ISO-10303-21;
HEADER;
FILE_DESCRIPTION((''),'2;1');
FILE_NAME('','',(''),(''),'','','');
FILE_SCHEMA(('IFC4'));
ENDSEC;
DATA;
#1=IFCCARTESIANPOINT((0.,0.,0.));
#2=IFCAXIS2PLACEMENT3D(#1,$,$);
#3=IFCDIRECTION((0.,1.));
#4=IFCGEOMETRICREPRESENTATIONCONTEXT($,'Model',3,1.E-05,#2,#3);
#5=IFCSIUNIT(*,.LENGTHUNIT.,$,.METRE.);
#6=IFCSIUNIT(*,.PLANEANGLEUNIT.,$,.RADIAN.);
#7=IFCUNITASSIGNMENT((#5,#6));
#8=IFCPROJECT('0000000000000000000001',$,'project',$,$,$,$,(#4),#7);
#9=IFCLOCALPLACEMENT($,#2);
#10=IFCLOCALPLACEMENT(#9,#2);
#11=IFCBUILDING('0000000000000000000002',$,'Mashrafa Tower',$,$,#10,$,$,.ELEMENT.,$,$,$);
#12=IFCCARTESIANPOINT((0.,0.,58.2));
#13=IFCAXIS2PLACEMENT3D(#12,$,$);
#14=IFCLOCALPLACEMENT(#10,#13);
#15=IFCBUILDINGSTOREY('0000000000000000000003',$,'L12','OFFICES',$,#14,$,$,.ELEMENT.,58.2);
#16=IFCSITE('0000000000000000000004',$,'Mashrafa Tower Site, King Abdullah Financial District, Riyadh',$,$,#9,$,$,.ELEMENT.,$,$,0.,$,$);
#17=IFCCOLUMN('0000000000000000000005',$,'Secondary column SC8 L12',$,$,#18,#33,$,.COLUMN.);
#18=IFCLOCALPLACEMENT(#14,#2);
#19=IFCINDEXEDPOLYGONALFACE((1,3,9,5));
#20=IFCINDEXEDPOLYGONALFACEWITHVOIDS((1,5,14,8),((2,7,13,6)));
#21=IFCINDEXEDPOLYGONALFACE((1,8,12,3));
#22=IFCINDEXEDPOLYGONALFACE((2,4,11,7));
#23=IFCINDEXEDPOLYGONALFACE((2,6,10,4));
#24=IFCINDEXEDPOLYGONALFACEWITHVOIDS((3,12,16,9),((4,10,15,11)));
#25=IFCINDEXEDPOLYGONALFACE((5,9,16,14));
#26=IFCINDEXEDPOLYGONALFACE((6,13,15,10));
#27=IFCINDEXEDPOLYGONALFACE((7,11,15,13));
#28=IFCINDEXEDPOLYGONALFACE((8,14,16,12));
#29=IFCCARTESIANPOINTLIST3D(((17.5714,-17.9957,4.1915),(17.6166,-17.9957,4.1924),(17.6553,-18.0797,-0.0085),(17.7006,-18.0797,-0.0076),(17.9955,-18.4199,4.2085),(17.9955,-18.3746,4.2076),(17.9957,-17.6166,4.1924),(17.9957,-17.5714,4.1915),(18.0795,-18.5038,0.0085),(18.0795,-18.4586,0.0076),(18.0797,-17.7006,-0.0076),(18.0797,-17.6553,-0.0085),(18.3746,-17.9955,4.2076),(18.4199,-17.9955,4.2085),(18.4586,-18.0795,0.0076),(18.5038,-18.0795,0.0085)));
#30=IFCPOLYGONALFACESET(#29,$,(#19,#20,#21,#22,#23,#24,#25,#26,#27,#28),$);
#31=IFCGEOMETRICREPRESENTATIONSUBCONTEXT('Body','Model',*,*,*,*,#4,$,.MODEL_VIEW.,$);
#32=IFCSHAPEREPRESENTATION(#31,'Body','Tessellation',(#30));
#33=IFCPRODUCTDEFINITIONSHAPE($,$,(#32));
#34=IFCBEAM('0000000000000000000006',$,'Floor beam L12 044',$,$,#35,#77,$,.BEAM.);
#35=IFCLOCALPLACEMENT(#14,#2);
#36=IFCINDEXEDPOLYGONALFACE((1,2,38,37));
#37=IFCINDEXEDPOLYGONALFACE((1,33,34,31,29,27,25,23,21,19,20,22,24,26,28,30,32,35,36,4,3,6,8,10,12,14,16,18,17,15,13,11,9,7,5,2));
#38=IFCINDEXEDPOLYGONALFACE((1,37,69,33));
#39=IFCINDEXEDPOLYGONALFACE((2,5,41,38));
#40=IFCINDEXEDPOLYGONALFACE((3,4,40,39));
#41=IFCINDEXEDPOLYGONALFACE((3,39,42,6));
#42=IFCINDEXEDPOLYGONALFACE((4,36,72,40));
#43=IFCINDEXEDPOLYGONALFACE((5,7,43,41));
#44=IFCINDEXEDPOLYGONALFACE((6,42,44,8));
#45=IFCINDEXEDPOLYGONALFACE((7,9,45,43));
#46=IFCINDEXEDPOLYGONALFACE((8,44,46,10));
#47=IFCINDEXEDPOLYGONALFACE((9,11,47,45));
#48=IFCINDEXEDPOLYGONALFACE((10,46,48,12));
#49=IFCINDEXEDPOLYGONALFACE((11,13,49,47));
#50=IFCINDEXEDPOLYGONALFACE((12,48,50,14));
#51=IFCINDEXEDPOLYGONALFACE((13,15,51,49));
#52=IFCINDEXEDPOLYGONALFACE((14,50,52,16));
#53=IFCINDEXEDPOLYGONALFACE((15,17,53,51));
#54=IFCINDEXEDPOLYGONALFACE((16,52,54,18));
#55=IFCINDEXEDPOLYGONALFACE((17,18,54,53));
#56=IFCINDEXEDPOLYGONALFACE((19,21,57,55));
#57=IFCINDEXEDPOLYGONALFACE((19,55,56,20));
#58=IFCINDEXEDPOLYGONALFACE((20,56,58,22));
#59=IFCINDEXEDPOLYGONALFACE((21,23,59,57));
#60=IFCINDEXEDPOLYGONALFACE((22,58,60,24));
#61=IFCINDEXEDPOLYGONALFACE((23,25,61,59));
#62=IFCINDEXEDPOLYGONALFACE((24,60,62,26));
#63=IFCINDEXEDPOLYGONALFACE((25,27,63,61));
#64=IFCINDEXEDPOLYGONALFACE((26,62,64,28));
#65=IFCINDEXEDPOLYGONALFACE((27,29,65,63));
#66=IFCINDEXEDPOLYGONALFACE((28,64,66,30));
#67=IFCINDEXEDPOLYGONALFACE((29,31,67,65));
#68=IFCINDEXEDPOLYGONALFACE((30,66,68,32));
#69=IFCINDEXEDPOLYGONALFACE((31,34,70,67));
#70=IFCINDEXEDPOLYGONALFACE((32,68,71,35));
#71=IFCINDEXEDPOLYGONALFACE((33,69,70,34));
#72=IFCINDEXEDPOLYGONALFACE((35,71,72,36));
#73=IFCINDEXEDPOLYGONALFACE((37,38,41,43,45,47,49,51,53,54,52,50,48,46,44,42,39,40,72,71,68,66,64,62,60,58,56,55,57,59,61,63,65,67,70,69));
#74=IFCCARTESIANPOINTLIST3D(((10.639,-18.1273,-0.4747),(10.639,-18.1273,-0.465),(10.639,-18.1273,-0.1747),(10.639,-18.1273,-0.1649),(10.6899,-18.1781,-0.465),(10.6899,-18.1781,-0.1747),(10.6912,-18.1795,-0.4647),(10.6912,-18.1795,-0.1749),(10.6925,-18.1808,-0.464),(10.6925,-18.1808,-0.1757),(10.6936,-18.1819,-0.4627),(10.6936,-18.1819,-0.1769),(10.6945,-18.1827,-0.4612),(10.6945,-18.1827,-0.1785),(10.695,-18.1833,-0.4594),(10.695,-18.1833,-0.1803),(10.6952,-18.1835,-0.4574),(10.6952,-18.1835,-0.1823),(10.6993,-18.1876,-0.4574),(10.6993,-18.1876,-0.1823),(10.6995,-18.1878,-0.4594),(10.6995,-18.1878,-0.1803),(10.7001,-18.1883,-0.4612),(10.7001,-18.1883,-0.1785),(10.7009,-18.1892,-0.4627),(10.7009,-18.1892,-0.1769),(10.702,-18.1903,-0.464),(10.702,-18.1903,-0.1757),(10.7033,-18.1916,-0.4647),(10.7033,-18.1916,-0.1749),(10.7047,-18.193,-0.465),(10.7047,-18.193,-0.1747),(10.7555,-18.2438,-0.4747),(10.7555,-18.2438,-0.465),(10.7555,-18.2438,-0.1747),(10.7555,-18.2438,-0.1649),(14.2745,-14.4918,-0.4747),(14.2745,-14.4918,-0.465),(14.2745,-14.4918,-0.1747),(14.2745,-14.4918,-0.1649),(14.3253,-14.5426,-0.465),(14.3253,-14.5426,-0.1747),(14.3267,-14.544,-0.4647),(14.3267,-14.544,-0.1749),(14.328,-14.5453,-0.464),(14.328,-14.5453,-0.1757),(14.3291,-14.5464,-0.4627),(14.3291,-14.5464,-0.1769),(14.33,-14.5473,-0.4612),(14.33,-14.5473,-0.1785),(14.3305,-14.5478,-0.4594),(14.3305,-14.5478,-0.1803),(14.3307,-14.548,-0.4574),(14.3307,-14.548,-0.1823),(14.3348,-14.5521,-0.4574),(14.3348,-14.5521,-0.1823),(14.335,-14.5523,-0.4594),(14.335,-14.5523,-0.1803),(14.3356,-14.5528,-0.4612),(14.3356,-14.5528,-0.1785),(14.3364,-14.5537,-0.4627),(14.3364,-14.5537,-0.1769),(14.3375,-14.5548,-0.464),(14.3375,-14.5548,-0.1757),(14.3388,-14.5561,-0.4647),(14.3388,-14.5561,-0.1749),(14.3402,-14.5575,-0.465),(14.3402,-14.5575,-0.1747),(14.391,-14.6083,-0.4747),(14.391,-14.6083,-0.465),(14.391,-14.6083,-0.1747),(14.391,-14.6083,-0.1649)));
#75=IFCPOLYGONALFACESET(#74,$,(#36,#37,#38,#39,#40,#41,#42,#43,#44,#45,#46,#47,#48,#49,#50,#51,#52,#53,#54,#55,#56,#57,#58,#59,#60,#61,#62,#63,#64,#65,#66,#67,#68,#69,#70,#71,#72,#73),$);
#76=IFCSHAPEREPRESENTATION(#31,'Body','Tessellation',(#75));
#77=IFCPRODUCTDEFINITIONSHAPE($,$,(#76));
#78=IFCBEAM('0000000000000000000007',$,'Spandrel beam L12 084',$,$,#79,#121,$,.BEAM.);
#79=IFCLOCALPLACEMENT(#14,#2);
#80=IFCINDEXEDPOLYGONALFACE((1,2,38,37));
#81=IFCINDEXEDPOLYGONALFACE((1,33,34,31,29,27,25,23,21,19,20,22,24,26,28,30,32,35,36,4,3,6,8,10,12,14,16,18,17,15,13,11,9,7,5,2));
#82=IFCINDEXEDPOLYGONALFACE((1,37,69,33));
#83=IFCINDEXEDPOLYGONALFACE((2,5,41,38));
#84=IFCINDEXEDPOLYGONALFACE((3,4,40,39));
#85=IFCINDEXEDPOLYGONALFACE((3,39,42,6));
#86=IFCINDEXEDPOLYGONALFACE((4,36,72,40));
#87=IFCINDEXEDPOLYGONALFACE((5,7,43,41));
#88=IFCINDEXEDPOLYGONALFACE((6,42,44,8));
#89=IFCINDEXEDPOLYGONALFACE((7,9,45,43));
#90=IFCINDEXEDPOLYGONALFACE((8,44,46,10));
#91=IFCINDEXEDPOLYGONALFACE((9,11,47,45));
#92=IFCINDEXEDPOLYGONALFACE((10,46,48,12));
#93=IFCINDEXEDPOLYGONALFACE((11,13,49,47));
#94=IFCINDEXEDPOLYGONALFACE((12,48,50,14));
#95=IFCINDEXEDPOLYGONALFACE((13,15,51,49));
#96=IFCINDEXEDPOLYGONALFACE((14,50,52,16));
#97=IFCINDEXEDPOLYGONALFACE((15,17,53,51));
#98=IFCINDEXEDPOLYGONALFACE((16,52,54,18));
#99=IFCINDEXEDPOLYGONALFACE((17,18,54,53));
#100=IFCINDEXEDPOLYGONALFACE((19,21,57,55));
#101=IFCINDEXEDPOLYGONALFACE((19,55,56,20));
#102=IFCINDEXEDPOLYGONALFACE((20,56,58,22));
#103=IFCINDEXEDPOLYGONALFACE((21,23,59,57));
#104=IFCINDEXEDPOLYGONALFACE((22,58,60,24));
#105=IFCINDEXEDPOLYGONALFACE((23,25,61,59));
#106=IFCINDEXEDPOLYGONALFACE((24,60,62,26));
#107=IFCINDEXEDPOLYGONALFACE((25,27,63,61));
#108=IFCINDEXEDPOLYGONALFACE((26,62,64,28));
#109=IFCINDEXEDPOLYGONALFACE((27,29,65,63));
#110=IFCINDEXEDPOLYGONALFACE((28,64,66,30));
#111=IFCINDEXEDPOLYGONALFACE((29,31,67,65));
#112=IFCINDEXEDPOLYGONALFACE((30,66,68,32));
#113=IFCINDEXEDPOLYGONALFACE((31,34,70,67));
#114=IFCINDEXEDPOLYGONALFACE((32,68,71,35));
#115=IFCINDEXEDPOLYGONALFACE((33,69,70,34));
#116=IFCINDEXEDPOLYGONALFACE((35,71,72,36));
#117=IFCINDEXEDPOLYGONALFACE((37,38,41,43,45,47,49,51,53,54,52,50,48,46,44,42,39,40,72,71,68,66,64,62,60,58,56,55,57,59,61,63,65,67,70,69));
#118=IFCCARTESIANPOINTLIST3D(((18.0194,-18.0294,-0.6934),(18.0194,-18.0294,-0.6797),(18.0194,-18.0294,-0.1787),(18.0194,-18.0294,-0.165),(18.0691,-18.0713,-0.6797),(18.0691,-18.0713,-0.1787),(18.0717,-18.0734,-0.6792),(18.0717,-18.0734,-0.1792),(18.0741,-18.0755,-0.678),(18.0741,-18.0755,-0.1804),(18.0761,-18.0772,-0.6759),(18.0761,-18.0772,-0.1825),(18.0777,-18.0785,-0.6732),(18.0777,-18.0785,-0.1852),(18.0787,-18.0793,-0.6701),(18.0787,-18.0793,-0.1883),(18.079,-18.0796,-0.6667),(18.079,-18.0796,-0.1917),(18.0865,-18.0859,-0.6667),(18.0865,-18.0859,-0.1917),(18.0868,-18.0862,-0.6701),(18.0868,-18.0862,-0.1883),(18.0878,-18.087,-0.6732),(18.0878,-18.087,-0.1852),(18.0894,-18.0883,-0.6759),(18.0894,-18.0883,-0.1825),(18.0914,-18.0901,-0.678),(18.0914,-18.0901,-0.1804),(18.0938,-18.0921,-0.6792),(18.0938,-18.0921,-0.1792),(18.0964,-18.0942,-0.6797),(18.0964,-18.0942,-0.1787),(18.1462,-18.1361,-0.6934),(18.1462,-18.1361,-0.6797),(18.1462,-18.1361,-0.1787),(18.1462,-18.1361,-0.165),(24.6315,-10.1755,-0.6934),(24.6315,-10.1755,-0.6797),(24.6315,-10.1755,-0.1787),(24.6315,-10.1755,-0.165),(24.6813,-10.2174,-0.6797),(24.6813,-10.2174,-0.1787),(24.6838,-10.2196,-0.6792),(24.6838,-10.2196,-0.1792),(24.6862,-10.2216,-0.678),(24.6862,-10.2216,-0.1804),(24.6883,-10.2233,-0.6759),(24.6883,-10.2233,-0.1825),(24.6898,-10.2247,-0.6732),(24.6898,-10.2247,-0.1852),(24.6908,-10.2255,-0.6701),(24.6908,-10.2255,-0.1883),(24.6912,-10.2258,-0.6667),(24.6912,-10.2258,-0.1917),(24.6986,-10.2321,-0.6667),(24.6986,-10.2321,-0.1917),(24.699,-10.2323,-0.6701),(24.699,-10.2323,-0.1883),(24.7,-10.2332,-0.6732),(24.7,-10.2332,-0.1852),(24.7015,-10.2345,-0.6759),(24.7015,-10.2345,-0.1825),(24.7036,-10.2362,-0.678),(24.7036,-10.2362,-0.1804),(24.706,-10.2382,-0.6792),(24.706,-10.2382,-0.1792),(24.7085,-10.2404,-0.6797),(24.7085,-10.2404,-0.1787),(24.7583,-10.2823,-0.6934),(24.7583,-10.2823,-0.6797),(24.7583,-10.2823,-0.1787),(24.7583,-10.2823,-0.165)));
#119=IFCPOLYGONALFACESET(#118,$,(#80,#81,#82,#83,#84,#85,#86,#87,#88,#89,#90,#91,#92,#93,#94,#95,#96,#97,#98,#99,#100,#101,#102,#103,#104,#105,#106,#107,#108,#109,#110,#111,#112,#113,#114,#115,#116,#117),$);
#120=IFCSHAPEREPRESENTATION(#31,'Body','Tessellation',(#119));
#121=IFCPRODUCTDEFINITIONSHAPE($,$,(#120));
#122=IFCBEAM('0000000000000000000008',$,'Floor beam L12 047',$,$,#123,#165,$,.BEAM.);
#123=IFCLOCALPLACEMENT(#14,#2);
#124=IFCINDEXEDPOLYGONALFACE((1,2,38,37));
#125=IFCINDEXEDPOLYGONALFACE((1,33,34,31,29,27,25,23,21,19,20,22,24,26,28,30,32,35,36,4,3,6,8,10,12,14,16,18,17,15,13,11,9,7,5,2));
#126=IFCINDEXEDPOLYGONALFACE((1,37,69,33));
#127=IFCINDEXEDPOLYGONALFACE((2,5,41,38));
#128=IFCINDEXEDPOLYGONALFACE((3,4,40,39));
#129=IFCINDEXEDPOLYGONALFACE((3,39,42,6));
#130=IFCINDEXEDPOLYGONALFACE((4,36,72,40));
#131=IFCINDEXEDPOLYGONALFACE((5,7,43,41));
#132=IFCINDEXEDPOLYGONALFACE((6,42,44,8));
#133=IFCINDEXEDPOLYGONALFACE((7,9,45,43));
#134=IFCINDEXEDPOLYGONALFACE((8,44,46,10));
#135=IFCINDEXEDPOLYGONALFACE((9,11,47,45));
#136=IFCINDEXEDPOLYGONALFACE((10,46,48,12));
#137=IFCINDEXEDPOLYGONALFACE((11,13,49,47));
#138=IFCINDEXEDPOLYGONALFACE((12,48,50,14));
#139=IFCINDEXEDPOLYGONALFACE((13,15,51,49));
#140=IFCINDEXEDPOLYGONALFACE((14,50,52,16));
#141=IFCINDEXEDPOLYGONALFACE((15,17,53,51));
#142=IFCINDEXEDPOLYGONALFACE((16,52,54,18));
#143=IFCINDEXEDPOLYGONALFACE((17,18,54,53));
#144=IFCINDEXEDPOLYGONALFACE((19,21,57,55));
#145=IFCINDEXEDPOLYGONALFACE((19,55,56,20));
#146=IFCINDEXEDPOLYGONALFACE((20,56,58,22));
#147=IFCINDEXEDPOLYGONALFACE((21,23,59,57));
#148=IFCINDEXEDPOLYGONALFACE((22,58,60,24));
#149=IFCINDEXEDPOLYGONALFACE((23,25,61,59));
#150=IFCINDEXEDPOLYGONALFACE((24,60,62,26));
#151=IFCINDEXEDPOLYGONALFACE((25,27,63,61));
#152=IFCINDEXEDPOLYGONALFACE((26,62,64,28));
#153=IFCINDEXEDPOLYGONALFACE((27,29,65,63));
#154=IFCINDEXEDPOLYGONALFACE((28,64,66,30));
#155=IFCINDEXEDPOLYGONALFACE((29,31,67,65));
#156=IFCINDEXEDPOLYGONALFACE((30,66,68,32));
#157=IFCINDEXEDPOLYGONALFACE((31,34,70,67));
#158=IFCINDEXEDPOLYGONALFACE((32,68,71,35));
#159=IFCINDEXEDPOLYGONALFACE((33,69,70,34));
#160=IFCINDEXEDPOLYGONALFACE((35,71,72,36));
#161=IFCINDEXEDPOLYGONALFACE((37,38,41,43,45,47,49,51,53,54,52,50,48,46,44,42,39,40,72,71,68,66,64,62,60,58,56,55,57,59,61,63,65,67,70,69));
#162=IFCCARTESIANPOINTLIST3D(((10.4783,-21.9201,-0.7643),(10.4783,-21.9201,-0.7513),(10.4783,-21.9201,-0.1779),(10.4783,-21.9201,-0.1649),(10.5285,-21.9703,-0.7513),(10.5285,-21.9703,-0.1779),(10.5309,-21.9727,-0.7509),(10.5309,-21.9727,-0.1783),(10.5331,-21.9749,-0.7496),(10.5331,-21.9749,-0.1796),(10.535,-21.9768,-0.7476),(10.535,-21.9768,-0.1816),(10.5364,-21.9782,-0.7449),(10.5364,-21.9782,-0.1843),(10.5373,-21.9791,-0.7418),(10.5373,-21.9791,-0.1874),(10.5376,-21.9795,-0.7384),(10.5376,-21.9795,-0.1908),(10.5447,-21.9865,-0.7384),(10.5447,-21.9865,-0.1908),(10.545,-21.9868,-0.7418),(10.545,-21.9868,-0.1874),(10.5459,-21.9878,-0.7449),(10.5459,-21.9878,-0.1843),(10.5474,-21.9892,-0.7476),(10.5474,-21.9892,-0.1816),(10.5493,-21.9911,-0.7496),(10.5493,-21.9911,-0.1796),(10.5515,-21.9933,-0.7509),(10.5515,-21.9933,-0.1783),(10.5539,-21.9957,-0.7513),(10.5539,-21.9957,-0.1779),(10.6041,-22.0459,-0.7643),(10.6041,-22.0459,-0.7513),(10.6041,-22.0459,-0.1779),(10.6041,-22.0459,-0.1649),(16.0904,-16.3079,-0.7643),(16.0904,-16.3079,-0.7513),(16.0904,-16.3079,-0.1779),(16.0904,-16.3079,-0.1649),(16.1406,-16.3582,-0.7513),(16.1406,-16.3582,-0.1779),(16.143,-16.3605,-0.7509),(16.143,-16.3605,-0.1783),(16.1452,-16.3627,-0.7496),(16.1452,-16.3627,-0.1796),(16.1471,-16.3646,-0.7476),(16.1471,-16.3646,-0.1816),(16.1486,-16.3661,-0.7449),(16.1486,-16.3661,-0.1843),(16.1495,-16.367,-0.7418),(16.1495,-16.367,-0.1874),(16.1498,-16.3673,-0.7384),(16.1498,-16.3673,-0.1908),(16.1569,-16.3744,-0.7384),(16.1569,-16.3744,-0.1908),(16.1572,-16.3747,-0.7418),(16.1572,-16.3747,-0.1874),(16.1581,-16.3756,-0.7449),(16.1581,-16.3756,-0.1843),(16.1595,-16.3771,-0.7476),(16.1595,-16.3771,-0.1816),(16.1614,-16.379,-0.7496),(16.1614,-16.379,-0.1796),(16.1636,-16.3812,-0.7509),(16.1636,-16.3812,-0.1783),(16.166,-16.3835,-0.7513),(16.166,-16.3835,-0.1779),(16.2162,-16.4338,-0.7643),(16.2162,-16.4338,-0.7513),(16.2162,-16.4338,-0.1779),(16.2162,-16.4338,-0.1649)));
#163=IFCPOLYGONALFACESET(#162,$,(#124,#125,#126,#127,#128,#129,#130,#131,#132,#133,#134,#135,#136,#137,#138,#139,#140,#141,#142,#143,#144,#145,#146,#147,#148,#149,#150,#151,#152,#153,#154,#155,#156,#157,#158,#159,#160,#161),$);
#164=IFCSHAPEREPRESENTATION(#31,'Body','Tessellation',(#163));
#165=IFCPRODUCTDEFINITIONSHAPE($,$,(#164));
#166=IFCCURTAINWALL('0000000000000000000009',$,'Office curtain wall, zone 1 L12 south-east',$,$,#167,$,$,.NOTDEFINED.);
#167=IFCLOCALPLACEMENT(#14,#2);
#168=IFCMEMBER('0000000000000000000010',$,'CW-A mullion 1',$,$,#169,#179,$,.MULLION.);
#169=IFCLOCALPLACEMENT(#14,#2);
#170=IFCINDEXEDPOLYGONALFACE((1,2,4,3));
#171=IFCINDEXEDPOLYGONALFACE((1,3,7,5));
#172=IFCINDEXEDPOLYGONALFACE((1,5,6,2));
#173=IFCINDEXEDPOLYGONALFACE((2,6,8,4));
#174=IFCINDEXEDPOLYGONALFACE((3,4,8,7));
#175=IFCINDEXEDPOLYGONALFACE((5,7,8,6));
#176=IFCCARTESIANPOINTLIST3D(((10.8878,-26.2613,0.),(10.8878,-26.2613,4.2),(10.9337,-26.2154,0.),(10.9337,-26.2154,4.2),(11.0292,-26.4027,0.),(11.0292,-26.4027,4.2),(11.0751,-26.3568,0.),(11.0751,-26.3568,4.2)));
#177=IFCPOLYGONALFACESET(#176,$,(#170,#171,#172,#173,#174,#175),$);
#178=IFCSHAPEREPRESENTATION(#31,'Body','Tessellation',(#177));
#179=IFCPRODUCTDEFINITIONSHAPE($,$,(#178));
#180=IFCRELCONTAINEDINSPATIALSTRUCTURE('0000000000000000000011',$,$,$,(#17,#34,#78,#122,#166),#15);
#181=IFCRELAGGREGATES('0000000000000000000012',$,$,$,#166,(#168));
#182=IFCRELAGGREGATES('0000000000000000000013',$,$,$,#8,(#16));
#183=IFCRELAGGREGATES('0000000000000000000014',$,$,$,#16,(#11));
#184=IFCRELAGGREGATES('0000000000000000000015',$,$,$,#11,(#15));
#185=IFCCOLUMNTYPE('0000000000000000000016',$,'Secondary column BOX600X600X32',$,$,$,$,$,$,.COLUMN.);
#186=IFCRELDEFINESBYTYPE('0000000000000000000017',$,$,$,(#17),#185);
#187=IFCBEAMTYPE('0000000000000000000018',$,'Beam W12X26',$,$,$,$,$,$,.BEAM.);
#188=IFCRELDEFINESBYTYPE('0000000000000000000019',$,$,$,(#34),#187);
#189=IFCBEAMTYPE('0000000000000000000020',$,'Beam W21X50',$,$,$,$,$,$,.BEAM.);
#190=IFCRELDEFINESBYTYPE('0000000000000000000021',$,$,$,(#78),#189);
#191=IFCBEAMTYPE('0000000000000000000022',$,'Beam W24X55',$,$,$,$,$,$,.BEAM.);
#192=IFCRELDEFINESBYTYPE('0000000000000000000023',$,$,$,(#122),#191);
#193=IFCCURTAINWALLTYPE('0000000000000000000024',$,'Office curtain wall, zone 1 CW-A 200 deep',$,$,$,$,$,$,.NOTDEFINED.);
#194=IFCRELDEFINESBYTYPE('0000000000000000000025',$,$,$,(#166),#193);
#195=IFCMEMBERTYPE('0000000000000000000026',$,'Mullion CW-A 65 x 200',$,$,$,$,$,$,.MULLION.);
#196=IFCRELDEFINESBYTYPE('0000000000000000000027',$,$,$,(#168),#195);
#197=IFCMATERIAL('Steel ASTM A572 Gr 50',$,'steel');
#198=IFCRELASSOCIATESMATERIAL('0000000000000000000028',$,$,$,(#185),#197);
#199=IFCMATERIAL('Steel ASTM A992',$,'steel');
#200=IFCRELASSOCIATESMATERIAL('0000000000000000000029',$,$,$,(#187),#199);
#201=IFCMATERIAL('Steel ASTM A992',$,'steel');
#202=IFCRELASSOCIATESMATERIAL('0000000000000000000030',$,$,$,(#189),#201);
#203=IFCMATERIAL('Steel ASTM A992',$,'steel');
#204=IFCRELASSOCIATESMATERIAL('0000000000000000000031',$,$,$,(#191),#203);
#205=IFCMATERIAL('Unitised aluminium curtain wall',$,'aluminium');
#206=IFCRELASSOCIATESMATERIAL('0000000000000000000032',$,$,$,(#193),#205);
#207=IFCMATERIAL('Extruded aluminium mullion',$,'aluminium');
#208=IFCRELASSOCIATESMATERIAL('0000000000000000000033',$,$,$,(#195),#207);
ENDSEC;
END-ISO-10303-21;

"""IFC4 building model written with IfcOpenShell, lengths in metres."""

from ifc_helpers import new_model, si_unit, direction, frame, origin, origin_2d, place, context, subcontext, project, spatial, rectangle, hollow_rectangle, i_section, extrude, source, transform, mapped, material, material_profile, profile_set, type_object, type_shapes, element, aggregate, save


model = new_model("IFC4")

# Units and contexts
model_context = context("Model", 3, precision=1e-05, world=origin(), true_north=direction((0.0, 1.0)))
body_context = subcontext(model_context, "Body", "Model", "MODEL_VIEW")
ifc_project = project(units=[si_unit("LENGTHUNIT", "METRE"), si_unit("PLANEANGLEUNIT", "RADIAN")], contexts=[model_context])

# Site, building, storey
site_placement = place(None, origin())
site = spatial("IfcSite", under=ifc_project, at=site_placement, Name="Mashrafa Tower Site, King Abdullah Financial District, Riyadh", CompositionType="ELEMENT", RefElevation=0.0)
building_placement = place(site_placement, origin())
building = spatial("IfcBuilding", under=site, at=building_placement, Name="Mashrafa Tower", CompositionType="ELEMENT")
storey_placement = place(building_placement, frame((0.0, 0.0, 58.2)))
storey = spatial("IfcBuildingStorey", under=building, at=storey_placement, Name="L12", Description="OFFICES", CompositionType="ELEMENT", Elevation=58.2)

# Column
ifc_material_1 = material(Name="Steel ASTM A572 Gr 50", Category="steel")
ifc_material_profile_1 = material_profile(ifc_material_1, hollow_rectangle(XDim=0.6001, YDim=0.6001, WallThickness=0.032, at=origin_2d()), Name="BOX600X600X32")
ifc_profile_set_1 = profile_set([ifc_material_profile_1], Name="Steel ASTM A572 Gr 50")
column_type = type_object("IfcColumnType", Name="Secondary column BOX600X600X32", PredefinedType="COLUMN", material=ifc_profile_set_1)
column_placement = place(storey_placement, frame((18.0796, -18.0796, 0.0), z_axis=(-0.019989, 0.019989, 0.9996), x_axis=(-0.707107, -0.707107, 0.0)))
element("IfcColumn", 1, at=column_placement, inside=storey, type_object=column_type, Name="Secondary column SC8 L12", PredefinedType="COLUMN", context=body_context, shape_type="SweptSolid", body=[
    extrude(hollow_rectangle(XDim=0.6001, YDim=0.6001, WallThickness=0.032, at=origin_2d()), origin(), (0.0, 0.0, 1.0), 4.2017),
])

# Beams
ifc_material_2 = material(Name="Steel ASTM A992", Category="steel")
ifc_material_profile_2 = material_profile(ifc_material_2, i_section(OverallWidth=0.1648, OverallDepth=0.3098, WebThickness=0.0059, FlangeThickness=0.0098, FilletRadius=0.0076, at=origin_2d()), Name="W12X26")
ifc_profile_set_2 = profile_set([ifc_material_profile_2], Name="Steel ASTM A992")
beam_type_1 = type_object("IfcBeamType", Name="Beam W12X26", PredefinedType="BEAM", material=ifc_profile_set_2)
beam_1_placement = place(storey_placement, frame((14.3328, -14.55, -0.3198), z_axis=(-0.707107, -0.707107, 0.0), x_axis=(0.707107, -0.707107, 0.0)))
element("IfcBeam", 2, at=beam_1_placement, inside=storey, type_object=beam_type_1, Name="Floor beam L12 044", PredefinedType="BEAM", context=body_context, shape_type="SweptSolid", body=[
    extrude(i_section(OverallWidth=0.1648, OverallDepth=0.3098, WebThickness=0.0059, FlangeThickness=0.0098, FilletRadius=0.0076, at=origin_2d()), origin(), (0.0, 0.0, 1.0), 5.1414),
])
ifc_material_3 = material(Name="Steel ASTM A992", Category="steel")
ifc_material_profile_3 = material_profile(ifc_material_3, i_section(OverallWidth=0.1658, OverallDepth=0.5283, WebThickness=0.0098, FlangeThickness=0.0137, FilletRadius=0.0129, at=origin_2d()), Name="W21X50")
ifc_profile_set_3 = profile_set([ifc_material_profile_3], Name="Steel ASTM A992")
beam_type_2 = type_object("IfcBeamType", Name="Beam W21X50", PredefinedType="BEAM", material=ifc_profile_set_3)
beam_2_placement = place(storey_placement, frame((18.0828, -18.0828, -0.4292), z_axis=(0.644043, 0.76499, 0.0), x_axis=(-0.76499, 0.644043, 0.0)))
element("IfcBeam", 3, at=beam_2_placement, inside=storey, type_object=beam_type_2, Name="Spandrel beam L12 084", PredefinedType="BEAM", context=body_context, shape_type="SweptSolid", body=[
    extrude(i_section(OverallWidth=0.1658, OverallDepth=0.5283, WebThickness=0.0098, FlangeThickness=0.0137, FilletRadius=0.0129, at=origin_2d()), origin(), (0.0, 0.0, 1.0), 10.2666),
])
ifc_material_4 = material(Name="Steel ASTM A992", Category="steel")
ifc_material_profile_4 = material_profile(ifc_material_4, i_section(OverallWidth=0.178, OverallDepth=0.5994, WebThickness=0.01, FlangeThickness=0.0129, FilletRadius=0.0129, at=origin_2d()), Name="W24X55")
ifc_profile_set_4 = profile_set([ifc_material_profile_4], Name="Steel ASTM A992")
beam_type_3 = type_object("IfcBeamType", Name="Beam W24X55", PredefinedType="BEAM", material=ifc_profile_set_4)
beam_3_placement = place(storey_placement, frame((16.1533, -16.3708, -0.4646), z_axis=(-0.707107, -0.707107, 0.0), x_axis=(0.707107, -0.707107, 0.0)))
element("IfcBeam", 4, at=beam_3_placement, inside=storey, type_object=beam_type_3, Name="Floor beam L12 047", PredefinedType="BEAM", context=body_context, shape_type="SweptSolid", body=[
    extrude(i_section(OverallWidth=0.178, OverallDepth=0.5994, WebThickness=0.01, FlangeThickness=0.0129, FilletRadius=0.0129, at=origin_2d()), origin(), (0.0, 0.0, 1.0), 7.9368),
])

# Curtain wall, member
ifc_material_5 = material(Name="Unitised aluminium curtain wall", Category="aluminium")
curtain_wall_type = type_object("IfcCurtainWallType", Name="Office curtain wall, zone 1 CW-A 200 deep", PredefinedType="NOTDEFINED", material=ifc_material_5)
curtain_wall_placement = place(storey_placement, origin())
curtain_wall = element("IfcCurtainWall", 5, at=curtain_wall_placement, inside=storey, type_object=curtain_wall_type, Name="Office curtain wall, zone 1 L12 south-east", PredefinedType="NOTDEFINED")
ifc_material_6 = material(Name="Extruded aluminium mullion", Category="aluminium")
ifc_material_profile_5 = material_profile(ifc_material_6, rectangle(XDim=0.2, YDim=0.0649, at=origin_2d()), Name="Mullion 65x200")
ifc_profile_set_5 = profile_set([ifc_material_profile_5], Name="Extruded aluminium mullion")
member_type_1 = type_object("IfcMemberType", Name="Mullion CW-A 65 x 200", PredefinedType="MULLION", material=ifc_profile_set_5)
shared_shape_1 = source(origin(), body_context, "Body", "SweptSolid", [
    extrude(rectangle(XDim=0.2, YDim=0.0649, at=origin_2d()), origin(), (0.0, 0.0, 1.0), 4.2),
])
type_shapes(member_type_1, [shared_shape_1])
member_1_placement = place(storey_placement, frame((10.9814, -26.3091, 0.0), z_axis=(0.0, 0.0, 1.0), x_axis=(-0.707107, 0.707107, 0.0)))
member_1 = element("IfcMember", 6, at=member_1_placement, type_object=member_type_1, Name="CW-A mullion 1", PredefinedType="MULLION", context=body_context, shape_type="MappedRepresentation", body=[
    mapped(shared_shape_1, transform((0.0, 0.0, 0.0))),
])
aggregate(curtain_wall, [member_1])

save(model, "model.ifc")
